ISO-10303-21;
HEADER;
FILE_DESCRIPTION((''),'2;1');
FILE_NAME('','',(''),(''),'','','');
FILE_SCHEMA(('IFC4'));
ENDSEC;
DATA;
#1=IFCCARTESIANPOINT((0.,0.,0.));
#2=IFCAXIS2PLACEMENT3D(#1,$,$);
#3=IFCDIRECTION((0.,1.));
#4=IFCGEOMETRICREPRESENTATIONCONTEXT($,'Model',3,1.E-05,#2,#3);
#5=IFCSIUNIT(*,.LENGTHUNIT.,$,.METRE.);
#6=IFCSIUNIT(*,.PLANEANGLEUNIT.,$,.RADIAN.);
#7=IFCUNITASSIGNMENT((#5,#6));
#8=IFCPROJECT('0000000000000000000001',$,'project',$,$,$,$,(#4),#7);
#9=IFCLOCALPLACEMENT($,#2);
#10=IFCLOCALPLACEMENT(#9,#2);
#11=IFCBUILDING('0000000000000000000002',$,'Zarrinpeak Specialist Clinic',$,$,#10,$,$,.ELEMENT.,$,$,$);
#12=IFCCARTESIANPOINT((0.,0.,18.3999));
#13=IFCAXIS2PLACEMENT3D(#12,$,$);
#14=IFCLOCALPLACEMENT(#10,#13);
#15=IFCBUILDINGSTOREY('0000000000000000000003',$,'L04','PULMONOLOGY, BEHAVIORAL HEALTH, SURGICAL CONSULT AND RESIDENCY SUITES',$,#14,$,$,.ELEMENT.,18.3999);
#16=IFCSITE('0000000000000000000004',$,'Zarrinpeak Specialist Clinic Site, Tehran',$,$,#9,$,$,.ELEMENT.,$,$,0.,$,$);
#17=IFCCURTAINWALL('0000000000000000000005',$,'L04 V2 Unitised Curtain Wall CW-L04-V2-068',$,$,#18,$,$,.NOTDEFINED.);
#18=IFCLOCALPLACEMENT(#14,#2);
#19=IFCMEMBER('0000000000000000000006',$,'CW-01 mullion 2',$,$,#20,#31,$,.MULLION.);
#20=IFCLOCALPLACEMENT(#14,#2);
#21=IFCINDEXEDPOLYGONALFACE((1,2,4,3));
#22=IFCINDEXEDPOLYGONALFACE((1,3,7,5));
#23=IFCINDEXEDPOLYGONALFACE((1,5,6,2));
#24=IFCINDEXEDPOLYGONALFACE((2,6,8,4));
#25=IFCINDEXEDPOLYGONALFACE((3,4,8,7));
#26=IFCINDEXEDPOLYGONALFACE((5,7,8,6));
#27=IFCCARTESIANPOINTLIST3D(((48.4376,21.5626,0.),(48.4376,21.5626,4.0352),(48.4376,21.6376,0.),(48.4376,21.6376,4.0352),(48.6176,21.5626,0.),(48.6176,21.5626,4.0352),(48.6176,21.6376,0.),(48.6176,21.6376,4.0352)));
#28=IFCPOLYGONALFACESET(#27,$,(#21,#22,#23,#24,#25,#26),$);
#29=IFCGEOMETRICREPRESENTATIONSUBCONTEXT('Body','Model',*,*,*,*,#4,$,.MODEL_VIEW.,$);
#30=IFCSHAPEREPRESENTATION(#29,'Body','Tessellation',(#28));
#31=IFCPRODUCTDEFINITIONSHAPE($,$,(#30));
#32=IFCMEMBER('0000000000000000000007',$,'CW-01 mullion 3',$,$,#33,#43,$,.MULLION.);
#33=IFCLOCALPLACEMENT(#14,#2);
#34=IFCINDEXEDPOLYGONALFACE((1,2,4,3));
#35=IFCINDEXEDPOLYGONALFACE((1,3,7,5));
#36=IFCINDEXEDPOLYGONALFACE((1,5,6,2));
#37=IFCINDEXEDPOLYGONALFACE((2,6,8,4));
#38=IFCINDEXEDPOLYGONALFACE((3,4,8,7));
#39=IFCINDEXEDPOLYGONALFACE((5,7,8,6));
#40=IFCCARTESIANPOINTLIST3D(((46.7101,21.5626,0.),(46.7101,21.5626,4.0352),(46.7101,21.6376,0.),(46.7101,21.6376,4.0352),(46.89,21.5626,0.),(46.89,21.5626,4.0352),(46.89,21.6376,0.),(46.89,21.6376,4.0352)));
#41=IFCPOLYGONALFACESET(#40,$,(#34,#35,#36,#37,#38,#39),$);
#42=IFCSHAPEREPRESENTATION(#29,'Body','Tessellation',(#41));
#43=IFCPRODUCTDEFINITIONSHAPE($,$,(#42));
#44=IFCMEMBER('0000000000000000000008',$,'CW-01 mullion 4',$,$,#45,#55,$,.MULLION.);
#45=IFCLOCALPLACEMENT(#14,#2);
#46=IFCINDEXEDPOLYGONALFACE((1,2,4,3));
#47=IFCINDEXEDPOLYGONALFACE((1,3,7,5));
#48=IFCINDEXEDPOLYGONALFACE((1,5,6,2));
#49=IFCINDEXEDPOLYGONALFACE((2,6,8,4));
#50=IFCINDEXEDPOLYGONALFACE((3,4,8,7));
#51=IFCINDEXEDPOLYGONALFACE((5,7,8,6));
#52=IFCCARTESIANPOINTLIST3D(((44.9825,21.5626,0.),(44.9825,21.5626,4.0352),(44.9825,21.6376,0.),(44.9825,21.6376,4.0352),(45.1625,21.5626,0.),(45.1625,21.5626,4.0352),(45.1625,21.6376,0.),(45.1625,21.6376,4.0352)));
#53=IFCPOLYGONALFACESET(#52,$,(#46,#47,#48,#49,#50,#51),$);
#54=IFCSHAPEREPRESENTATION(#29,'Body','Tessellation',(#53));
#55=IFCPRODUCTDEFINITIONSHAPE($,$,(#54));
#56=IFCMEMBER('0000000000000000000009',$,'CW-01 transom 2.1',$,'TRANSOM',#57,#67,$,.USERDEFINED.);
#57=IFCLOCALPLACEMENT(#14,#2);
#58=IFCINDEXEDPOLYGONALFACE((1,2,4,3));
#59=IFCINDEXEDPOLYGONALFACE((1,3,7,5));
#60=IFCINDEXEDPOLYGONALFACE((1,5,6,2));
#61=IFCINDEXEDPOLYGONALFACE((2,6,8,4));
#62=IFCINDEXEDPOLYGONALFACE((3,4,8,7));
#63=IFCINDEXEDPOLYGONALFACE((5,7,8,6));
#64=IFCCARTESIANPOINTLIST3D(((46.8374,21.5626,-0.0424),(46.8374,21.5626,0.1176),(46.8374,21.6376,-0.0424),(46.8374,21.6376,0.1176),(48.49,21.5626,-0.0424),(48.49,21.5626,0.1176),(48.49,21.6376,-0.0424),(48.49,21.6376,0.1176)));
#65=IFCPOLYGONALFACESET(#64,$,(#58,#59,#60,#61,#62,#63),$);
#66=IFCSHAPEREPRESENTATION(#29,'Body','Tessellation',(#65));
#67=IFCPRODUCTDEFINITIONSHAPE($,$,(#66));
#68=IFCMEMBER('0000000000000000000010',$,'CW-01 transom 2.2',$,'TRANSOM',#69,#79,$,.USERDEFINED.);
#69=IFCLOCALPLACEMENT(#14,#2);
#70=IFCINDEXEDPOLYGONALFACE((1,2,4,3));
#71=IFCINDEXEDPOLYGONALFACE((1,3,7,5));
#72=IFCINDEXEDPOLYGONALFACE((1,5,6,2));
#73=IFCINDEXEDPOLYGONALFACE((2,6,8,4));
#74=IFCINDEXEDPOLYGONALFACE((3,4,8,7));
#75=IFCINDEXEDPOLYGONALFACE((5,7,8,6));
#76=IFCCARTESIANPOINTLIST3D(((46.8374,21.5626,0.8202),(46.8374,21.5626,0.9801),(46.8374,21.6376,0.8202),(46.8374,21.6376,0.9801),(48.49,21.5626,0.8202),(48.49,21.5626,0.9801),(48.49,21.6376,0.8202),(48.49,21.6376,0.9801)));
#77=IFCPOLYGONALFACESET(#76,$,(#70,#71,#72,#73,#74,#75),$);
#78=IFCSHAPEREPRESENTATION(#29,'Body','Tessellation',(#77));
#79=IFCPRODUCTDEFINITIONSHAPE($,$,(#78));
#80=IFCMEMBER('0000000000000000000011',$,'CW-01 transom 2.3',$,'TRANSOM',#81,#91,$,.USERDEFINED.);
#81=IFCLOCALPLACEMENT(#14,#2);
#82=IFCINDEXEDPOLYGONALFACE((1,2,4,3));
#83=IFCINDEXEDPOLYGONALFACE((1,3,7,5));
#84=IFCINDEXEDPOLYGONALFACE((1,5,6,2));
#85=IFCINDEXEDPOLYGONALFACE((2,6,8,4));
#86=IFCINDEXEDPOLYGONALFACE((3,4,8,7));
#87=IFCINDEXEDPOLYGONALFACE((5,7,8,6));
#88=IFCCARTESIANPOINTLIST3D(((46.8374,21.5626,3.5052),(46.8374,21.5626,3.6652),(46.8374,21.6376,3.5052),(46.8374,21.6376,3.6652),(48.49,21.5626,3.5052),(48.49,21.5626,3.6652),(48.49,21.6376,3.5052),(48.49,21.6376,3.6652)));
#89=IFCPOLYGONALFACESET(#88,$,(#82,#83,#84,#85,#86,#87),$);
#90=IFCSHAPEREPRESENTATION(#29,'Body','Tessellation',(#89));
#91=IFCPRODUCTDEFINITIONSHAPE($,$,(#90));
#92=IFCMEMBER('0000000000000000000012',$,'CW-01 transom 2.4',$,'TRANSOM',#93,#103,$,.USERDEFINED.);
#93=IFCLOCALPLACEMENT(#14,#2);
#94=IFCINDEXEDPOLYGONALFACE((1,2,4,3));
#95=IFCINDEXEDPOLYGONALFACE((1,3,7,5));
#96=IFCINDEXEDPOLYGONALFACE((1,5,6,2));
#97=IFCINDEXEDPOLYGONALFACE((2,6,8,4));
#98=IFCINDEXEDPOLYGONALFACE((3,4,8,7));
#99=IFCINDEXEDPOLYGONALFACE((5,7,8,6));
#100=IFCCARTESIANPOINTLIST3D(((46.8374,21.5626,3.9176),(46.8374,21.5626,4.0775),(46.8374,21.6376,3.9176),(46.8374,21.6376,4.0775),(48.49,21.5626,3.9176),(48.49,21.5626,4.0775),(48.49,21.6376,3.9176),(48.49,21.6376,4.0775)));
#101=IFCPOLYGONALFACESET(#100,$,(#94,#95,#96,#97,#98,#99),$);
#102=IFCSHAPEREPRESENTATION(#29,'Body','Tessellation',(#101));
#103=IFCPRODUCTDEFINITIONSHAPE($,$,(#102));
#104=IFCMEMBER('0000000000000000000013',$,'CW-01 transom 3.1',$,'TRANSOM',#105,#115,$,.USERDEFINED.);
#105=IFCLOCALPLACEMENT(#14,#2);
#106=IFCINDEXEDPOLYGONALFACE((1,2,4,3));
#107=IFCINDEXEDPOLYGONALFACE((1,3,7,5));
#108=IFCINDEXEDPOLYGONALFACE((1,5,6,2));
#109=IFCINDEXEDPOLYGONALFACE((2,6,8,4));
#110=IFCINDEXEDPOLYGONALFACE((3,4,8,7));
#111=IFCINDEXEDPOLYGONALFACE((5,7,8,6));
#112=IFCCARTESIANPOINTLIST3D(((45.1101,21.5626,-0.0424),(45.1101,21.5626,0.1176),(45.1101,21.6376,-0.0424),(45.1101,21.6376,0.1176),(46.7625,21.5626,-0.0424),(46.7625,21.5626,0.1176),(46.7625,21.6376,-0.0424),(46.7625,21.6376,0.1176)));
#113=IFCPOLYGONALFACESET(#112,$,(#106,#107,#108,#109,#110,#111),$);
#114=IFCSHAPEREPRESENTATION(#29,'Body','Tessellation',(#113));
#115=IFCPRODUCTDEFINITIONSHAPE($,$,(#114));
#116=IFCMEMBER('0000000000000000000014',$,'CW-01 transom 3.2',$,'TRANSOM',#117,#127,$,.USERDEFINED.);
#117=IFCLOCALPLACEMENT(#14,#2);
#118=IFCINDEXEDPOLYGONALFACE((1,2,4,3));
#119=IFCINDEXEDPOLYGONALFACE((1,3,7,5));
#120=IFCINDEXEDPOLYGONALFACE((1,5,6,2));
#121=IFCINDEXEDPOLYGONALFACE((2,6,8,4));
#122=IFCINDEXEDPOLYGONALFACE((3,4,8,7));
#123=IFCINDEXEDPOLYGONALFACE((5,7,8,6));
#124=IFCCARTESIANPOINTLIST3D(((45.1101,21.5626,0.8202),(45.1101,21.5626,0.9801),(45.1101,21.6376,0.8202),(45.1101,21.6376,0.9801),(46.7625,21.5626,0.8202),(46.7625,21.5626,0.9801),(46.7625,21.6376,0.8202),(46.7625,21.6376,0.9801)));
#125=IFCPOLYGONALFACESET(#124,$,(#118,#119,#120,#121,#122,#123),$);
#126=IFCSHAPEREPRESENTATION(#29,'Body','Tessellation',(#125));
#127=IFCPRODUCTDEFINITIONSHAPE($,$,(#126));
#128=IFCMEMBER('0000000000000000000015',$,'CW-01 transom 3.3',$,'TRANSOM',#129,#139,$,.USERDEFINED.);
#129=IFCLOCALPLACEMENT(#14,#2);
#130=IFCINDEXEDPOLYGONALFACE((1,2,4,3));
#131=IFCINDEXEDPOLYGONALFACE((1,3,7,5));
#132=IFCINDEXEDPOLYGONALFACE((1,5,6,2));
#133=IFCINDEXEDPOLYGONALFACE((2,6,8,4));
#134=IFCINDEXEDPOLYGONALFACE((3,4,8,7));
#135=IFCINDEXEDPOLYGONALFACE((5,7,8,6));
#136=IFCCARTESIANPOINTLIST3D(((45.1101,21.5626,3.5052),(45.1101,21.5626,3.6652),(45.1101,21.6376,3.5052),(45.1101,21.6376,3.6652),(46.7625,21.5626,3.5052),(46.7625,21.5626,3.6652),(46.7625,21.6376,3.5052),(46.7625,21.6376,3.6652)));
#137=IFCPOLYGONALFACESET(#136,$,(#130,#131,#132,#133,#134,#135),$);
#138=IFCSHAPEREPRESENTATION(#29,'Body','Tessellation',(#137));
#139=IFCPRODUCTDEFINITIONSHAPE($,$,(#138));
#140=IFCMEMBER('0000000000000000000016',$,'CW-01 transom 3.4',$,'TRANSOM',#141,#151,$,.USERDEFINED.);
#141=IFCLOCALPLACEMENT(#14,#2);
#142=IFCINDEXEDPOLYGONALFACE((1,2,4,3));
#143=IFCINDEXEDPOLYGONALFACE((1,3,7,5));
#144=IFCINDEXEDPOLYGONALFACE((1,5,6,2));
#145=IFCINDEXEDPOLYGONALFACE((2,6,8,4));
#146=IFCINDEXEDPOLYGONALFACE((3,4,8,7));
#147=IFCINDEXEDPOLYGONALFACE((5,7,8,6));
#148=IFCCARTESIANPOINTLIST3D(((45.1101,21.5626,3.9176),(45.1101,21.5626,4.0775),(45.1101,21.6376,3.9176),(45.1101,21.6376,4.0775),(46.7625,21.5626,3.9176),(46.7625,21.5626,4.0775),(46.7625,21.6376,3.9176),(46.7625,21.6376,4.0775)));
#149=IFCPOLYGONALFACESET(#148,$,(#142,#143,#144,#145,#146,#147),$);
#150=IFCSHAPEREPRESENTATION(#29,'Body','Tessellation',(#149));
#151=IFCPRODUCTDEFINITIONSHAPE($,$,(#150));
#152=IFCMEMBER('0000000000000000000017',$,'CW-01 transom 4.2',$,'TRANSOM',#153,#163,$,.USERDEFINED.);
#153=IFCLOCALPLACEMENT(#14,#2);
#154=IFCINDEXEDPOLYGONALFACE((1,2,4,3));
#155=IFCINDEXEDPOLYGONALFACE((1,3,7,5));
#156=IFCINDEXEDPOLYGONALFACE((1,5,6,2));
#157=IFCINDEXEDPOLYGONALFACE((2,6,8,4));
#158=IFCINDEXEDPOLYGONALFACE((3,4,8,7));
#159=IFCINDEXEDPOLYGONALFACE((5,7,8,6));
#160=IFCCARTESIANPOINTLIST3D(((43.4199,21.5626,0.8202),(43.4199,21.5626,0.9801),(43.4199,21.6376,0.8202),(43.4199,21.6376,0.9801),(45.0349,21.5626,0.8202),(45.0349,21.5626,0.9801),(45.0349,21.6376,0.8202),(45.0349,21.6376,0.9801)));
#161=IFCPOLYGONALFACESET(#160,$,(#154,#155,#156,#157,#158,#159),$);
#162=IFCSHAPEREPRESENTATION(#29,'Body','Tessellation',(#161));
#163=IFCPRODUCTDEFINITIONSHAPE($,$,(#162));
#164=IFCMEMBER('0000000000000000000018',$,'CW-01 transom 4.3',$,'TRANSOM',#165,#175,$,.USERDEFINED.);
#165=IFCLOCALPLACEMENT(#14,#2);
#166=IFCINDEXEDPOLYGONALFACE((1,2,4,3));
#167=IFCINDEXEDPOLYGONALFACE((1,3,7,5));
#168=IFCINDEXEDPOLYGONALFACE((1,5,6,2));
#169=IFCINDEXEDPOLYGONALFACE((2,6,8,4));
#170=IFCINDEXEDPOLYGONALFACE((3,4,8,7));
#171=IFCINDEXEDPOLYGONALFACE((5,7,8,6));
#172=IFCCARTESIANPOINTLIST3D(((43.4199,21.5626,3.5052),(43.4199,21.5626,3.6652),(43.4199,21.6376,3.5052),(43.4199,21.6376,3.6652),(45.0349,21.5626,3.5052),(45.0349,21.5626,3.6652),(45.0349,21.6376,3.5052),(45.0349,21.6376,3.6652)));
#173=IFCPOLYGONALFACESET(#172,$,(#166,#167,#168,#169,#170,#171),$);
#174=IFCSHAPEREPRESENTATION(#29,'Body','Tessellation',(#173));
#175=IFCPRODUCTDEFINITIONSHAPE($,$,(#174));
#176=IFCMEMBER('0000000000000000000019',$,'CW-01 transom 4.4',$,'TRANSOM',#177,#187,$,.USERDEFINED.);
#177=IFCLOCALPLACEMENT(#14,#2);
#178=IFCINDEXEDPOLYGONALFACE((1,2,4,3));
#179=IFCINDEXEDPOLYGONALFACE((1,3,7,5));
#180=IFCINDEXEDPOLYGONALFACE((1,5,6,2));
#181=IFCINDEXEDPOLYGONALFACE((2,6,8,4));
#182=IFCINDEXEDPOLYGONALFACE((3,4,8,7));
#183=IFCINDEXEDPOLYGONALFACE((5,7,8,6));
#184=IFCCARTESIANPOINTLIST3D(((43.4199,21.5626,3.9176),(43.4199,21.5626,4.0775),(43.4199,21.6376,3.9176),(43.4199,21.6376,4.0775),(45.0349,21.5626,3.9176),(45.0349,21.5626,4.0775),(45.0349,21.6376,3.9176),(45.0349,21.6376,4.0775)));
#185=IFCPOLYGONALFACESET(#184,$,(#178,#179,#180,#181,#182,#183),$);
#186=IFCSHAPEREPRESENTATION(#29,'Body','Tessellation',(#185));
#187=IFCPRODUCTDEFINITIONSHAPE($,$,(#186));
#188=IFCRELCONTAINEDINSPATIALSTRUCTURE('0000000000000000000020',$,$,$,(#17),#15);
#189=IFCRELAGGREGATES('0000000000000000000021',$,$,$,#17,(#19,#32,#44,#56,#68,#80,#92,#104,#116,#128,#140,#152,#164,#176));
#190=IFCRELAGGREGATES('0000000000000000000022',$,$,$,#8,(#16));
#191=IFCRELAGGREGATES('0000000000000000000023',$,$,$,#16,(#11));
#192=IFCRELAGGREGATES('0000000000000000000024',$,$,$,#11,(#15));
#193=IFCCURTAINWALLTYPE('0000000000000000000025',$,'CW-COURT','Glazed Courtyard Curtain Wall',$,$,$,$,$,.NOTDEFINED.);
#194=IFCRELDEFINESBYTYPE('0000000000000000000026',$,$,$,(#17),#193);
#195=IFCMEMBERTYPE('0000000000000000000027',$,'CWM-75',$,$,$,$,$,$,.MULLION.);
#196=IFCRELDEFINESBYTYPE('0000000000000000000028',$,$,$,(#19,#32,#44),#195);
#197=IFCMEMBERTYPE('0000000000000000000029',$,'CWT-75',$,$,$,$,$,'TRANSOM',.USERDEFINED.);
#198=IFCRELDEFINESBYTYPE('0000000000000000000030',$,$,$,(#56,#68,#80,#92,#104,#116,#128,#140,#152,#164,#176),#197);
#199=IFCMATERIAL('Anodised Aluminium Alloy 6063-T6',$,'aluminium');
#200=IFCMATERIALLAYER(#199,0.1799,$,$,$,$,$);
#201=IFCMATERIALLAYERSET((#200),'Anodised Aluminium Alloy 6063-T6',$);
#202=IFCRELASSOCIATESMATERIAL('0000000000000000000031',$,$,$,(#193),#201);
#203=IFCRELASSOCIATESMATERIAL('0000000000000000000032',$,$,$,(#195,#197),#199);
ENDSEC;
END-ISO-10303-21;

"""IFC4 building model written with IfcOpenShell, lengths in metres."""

from ifc_helpers import new_model, si_unit, direction, frame, origin, origin_2d, place, context, subcontext, project, spatial, rectangle, extrude, material, layer, layer_set, material_profile, profile_set, type_object, element, aggregate, save


model = new_model("IFC4")

# Units and contexts
model_context = context("Model", 3, precision=1e-05, world=origin(), true_north=direction((0.0, 1.0)))
body_context = subcontext(model_context, "Body", "Model", "MODEL_VIEW")
ifc_project = project(units=[si_unit("LENGTHUNIT", "METRE"), si_unit("PLANEANGLEUNIT", "RADIAN")], contexts=[model_context])

# Site, building, storey
site_placement = place(None, origin())
site = spatial("IfcSite", under=ifc_project, at=site_placement, Name="Zarrinpeak Specialist Clinic Site, Tehran", CompositionType="ELEMENT", RefElevation=0.0)
building_placement = place(site_placement, origin())
building = spatial("IfcBuilding", under=site, at=building_placement, Name="Zarrinpeak Specialist Clinic", CompositionType="ELEMENT")
storey_placement = place(building_placement, frame((0.0, 0.0, 18.3999)))
storey = spatial("IfcBuildingStorey", under=building, at=storey_placement, Name="L04", Description="PULMONOLOGY, BEHAVIORAL HEALTH, SURGICAL CONSULT AND RESIDENCY SUITES", CompositionType="ELEMENT", Elevation=18.3999)

# Curtain wall, members
ifc_material_1 = material(Name="Anodised Aluminium Alloy 6063-T6", Category="aluminium")
ifc_layer_1 = layer(ifc_material_1, 0.1799)
ifc_layer_set_1 = layer_set([ifc_layer_1], Name="Anodised Aluminium Alloy 6063-T6")
curtain_wall_type = type_object("IfcCurtainWallType", Name="CW-COURT", Description="Glazed Courtyard Curtain Wall", PredefinedType="NOTDEFINED", material=ifc_layer_set_1)
curtain_wall_placement = place(storey_placement, origin())
curtain_wall = element("IfcCurtainWall", 1, at=curtain_wall_placement, inside=storey, type_object=curtain_wall_type, Name="L04 V2 Unitised Curtain Wall CW-L04-V2-068", PredefinedType="NOTDEFINED")
ifc_material_profile_1 = material_profile(ifc_material_1, rectangle(XDim=0.075, YDim=0.1799, at=origin_2d()), Name="ALU 75x180")
ifc_profile_set_1 = profile_set([ifc_material_profile_1], Name="Anodised Aluminium Alloy 6063-T6")
member_type_1 = type_object("IfcMemberType", Name="CWM-75", PredefinedType="MULLION", material=ifc_profile_set_1)
member_1_placement = place(storey_placement, frame((48.5276, 21.6001, 0.0), z_axis=(0.0, 0.0, 1.0), x_axis=(0.0, -1.0, 0.0)))
member_1 = element("IfcMember", 2, at=member_1_placement, type_object=member_type_1, Name="CW-01 mullion 2", PredefinedType="MULLION", context=body_context, shape_type="SweptSolid", body=[
    extrude(rectangle(XDim=0.075, YDim=0.1799, at=origin_2d()), origin(), (0.0, 0.0, 1.0), 4.0352),
])
member_2_placement = place(storey_placement, frame((46.8, 21.6001, 0.0), z_axis=(0.0, 0.0, 1.0), x_axis=(0.0, -1.0, 0.0)))
member_2 = element("IfcMember", 3, at=member_2_placement, type_object=member_type_1, Name="CW-01 mullion 3", PredefinedType="MULLION", context=body_context, shape_type="SweptSolid", body=[
    extrude(rectangle(XDim=0.075, YDim=0.1799, at=origin_2d()), origin(), (0.0, 0.0, 1.0), 4.0352),
])
member_3_placement = place(storey_placement, frame((45.0725, 21.6001, 0.0), z_axis=(0.0, 0.0, 1.0), x_axis=(0.0, -1.0, 0.0)))
member_3 = element("IfcMember", 4, at=member_3_placement, type_object=member_type_1, Name="CW-01 mullion 4", PredefinedType="MULLION", context=body_context, shape_type="SweptSolid", body=[
    extrude(rectangle(XDim=0.075, YDim=0.1799, at=origin_2d()), origin(), (0.0, 0.0, 1.0), 4.0352),
])
ifc_material_profile_2 = material_profile(ifc_material_1, rectangle(XDim=0.075, YDim=0.1599, at=origin_2d()), Name="ALU 75x160")
ifc_profile_set_2 = profile_set([ifc_material_profile_2], Name="Anodised Aluminium Alloy 6063-T6")
member_type_2 = type_object("IfcMemberType", Name="CWT-75", ElementType="TRANSOM", PredefinedType="USERDEFINED", material=ifc_profile_set_2)
member_4_placement = place(storey_placement, frame((48.49, 21.6001, 0.0376), z_axis=(-1.0, 0.0, 0.0), x_axis=(0.0, -1.0, 0.0)))
member_4 = element("IfcMember", 5, at=member_4_placement, type_object=member_type_2, Name="CW-01 transom 2.1", ObjectType="TRANSOM", PredefinedType="USERDEFINED", context=body_context, shape_type="SweptSolid", body=[
    extrude(rectangle(XDim=0.075, YDim=0.1599, at=origin_2d()), origin(), (0.0, 0.0, 1.0), 1.6526),
])
member_5_placement = place(storey_placement, frame((48.49, 21.6001, 0.9001), z_axis=(-1.0, 0.0, 0.0), x_axis=(0.0, -1.0, 0.0)))
member_5 = element("IfcMember", 6, at=member_5_placement, type_object=member_type_2, Name="CW-01 transom 2.2", ObjectType="TRANSOM", PredefinedType="USERDEFINED", context=body_context, shape_type="SweptSolid", body=[
    extrude(rectangle(XDim=0.075, YDim=0.1599, at=origin_2d()), origin(), (0.0, 0.0, 1.0), 1.6526),
])
member_6_placement = place(storey_placement, frame((48.49, 21.6001, 3.5852), z_axis=(-1.0, 0.0, 0.0), x_axis=(0.0, -1.0, 0.0)))
member_6 = element("IfcMember", 7, at=member_6_placement, type_object=member_type_2, Name="CW-01 transom 2.3", ObjectType="TRANSOM", PredefinedType="USERDEFINED", context=body_context, shape_type="SweptSolid", body=[
    extrude(rectangle(XDim=0.075, YDim=0.1599, at=origin_2d()), origin(), (0.0, 0.0, 1.0), 1.6526),
])
member_7_placement = place(storey_placement, frame((48.49, 21.6001, 3.9976), z_axis=(-1.0, 0.0, 0.0), x_axis=(0.0, -1.0, 0.0)))
member_7 = element("IfcMember", 8, at=member_7_placement, type_object=member_type_2, Name="CW-01 transom 2.4", ObjectType="TRANSOM", PredefinedType="USERDEFINED", context=body_context, shape_type="SweptSolid", body=[
    extrude(rectangle(XDim=0.075, YDim=0.1599, at=origin_2d()), origin(), (0.0, 0.0, 1.0), 1.6526),
])
member_8_placement = place(storey_placement, frame((46.7625, 21.6001, 0.0376), z_axis=(-1.0, 0.0, 0.0), x_axis=(0.0, -1.0, 0.0)))
member_8 = element("IfcMember", 9, at=member_8_placement, type_object=member_type_2, Name="CW-01 transom 3.1", ObjectType="TRANSOM", PredefinedType="USERDEFINED", context=body_context, shape_type="SweptSolid", body=[
    extrude(rectangle(XDim=0.075, YDim=0.1599, at=origin_2d()), origin(), (0.0, 0.0, 1.0), 1.6523),
])
member_9_placement = place(storey_placement, frame((46.7625, 21.6001, 0.9001), z_axis=(-1.0, 0.0, 0.0), x_axis=(0.0, -1.0, 0.0)))
member_9 = element("IfcMember", 10, at=member_9_placement, type_object=member_type_2, Name="CW-01 transom 3.2", ObjectType="TRANSOM", PredefinedType="USERDEFINED", context=body_context, shape_type="SweptSolid", body=[
    extrude(rectangle(XDim=0.075, YDim=0.1599, at=origin_2d()), origin(), (0.0, 0.0, 1.0), 1.6523),
])
member_10_placement = place(storey_placement, frame((46.7625, 21.6001, 3.5852), z_axis=(-1.0, 0.0, 0.0), x_axis=(0.0, -1.0, 0.0)))
member_10 = element("IfcMember", 11, at=member_10_placement, type_object=member_type_2, Name="CW-01 transom 3.3", ObjectType="TRANSOM", PredefinedType="USERDEFINED", context=body_context, shape_type="SweptSolid", body=[
    extrude(rectangle(XDim=0.075, YDim=0.1599, at=origin_2d()), origin(), (0.0, 0.0, 1.0), 1.6523),
])
member_11_placement = place(storey_placement, frame((46.7625, 21.6001, 3.9976), z_axis=(-1.0, 0.0, 0.0), x_axis=(0.0, -1.0, 0.0)))
member_11 = element("IfcMember", 12, at=member_11_placement, type_object=member_type_2, Name="CW-01 transom 3.4", ObjectType="TRANSOM", PredefinedType="USERDEFINED", context=body_context, shape_type="SweptSolid", body=[
    extrude(rectangle(XDim=0.075, YDim=0.1599, at=origin_2d()), origin(), (0.0, 0.0, 1.0), 1.6523),
])
member_12_placement = place(storey_placement, frame((45.0349, 21.6001, 0.9001), z_axis=(-1.0, 0.0, 0.0), x_axis=(0.0, -1.0, 0.0)))
member_12 = element("IfcMember", 13, at=member_12_placement, type_object=member_type_2, Name="CW-01 transom 4.2", ObjectType="TRANSOM", PredefinedType="USERDEFINED", context=body_context, shape_type="SweptSolid", body=[
    extrude(rectangle(XDim=0.075, YDim=0.1599, at=origin_2d()), origin(), (0.0, 0.0, 1.0), 1.615),
])
member_13_placement = place(storey_placement, frame((45.0349, 21.6001, 3.5852), z_axis=(-1.0, 0.0, 0.0), x_axis=(0.0, -1.0, 0.0)))
member_13 = element("IfcMember", 14, at=member_13_placement, type_object=member_type_2, Name="CW-01 transom 4.3", ObjectType="TRANSOM", PredefinedType="USERDEFINED", context=body_context, shape_type="SweptSolid", body=[
    extrude(rectangle(XDim=0.075, YDim=0.1599, at=origin_2d()), origin(), (0.0, 0.0, 1.0), 1.615),
])
member_14_placement = place(storey_placement, frame((45.0349, 21.6001, 3.9976), z_axis=(-1.0, 0.0, 0.0), x_axis=(0.0, -1.0, 0.0)))
member_14 = element("IfcMember", 15, at=member_14_placement, type_object=member_type_2, Name="CW-01 transom 4.4", ObjectType="TRANSOM", PredefinedType="USERDEFINED", context=body_context, shape_type="SweptSolid", body=[
    extrude(rectangle(XDim=0.075, YDim=0.1599, at=origin_2d()), origin(), (0.0, 0.0, 1.0), 1.615),
])
aggregate(curtain_wall, [member_1, member_2, member_3, member_4, member_5, member_6, member_7, member_8, member_9, member_10, member_11, member_12, member_13, member_14])

save(model, "model.ifc")
